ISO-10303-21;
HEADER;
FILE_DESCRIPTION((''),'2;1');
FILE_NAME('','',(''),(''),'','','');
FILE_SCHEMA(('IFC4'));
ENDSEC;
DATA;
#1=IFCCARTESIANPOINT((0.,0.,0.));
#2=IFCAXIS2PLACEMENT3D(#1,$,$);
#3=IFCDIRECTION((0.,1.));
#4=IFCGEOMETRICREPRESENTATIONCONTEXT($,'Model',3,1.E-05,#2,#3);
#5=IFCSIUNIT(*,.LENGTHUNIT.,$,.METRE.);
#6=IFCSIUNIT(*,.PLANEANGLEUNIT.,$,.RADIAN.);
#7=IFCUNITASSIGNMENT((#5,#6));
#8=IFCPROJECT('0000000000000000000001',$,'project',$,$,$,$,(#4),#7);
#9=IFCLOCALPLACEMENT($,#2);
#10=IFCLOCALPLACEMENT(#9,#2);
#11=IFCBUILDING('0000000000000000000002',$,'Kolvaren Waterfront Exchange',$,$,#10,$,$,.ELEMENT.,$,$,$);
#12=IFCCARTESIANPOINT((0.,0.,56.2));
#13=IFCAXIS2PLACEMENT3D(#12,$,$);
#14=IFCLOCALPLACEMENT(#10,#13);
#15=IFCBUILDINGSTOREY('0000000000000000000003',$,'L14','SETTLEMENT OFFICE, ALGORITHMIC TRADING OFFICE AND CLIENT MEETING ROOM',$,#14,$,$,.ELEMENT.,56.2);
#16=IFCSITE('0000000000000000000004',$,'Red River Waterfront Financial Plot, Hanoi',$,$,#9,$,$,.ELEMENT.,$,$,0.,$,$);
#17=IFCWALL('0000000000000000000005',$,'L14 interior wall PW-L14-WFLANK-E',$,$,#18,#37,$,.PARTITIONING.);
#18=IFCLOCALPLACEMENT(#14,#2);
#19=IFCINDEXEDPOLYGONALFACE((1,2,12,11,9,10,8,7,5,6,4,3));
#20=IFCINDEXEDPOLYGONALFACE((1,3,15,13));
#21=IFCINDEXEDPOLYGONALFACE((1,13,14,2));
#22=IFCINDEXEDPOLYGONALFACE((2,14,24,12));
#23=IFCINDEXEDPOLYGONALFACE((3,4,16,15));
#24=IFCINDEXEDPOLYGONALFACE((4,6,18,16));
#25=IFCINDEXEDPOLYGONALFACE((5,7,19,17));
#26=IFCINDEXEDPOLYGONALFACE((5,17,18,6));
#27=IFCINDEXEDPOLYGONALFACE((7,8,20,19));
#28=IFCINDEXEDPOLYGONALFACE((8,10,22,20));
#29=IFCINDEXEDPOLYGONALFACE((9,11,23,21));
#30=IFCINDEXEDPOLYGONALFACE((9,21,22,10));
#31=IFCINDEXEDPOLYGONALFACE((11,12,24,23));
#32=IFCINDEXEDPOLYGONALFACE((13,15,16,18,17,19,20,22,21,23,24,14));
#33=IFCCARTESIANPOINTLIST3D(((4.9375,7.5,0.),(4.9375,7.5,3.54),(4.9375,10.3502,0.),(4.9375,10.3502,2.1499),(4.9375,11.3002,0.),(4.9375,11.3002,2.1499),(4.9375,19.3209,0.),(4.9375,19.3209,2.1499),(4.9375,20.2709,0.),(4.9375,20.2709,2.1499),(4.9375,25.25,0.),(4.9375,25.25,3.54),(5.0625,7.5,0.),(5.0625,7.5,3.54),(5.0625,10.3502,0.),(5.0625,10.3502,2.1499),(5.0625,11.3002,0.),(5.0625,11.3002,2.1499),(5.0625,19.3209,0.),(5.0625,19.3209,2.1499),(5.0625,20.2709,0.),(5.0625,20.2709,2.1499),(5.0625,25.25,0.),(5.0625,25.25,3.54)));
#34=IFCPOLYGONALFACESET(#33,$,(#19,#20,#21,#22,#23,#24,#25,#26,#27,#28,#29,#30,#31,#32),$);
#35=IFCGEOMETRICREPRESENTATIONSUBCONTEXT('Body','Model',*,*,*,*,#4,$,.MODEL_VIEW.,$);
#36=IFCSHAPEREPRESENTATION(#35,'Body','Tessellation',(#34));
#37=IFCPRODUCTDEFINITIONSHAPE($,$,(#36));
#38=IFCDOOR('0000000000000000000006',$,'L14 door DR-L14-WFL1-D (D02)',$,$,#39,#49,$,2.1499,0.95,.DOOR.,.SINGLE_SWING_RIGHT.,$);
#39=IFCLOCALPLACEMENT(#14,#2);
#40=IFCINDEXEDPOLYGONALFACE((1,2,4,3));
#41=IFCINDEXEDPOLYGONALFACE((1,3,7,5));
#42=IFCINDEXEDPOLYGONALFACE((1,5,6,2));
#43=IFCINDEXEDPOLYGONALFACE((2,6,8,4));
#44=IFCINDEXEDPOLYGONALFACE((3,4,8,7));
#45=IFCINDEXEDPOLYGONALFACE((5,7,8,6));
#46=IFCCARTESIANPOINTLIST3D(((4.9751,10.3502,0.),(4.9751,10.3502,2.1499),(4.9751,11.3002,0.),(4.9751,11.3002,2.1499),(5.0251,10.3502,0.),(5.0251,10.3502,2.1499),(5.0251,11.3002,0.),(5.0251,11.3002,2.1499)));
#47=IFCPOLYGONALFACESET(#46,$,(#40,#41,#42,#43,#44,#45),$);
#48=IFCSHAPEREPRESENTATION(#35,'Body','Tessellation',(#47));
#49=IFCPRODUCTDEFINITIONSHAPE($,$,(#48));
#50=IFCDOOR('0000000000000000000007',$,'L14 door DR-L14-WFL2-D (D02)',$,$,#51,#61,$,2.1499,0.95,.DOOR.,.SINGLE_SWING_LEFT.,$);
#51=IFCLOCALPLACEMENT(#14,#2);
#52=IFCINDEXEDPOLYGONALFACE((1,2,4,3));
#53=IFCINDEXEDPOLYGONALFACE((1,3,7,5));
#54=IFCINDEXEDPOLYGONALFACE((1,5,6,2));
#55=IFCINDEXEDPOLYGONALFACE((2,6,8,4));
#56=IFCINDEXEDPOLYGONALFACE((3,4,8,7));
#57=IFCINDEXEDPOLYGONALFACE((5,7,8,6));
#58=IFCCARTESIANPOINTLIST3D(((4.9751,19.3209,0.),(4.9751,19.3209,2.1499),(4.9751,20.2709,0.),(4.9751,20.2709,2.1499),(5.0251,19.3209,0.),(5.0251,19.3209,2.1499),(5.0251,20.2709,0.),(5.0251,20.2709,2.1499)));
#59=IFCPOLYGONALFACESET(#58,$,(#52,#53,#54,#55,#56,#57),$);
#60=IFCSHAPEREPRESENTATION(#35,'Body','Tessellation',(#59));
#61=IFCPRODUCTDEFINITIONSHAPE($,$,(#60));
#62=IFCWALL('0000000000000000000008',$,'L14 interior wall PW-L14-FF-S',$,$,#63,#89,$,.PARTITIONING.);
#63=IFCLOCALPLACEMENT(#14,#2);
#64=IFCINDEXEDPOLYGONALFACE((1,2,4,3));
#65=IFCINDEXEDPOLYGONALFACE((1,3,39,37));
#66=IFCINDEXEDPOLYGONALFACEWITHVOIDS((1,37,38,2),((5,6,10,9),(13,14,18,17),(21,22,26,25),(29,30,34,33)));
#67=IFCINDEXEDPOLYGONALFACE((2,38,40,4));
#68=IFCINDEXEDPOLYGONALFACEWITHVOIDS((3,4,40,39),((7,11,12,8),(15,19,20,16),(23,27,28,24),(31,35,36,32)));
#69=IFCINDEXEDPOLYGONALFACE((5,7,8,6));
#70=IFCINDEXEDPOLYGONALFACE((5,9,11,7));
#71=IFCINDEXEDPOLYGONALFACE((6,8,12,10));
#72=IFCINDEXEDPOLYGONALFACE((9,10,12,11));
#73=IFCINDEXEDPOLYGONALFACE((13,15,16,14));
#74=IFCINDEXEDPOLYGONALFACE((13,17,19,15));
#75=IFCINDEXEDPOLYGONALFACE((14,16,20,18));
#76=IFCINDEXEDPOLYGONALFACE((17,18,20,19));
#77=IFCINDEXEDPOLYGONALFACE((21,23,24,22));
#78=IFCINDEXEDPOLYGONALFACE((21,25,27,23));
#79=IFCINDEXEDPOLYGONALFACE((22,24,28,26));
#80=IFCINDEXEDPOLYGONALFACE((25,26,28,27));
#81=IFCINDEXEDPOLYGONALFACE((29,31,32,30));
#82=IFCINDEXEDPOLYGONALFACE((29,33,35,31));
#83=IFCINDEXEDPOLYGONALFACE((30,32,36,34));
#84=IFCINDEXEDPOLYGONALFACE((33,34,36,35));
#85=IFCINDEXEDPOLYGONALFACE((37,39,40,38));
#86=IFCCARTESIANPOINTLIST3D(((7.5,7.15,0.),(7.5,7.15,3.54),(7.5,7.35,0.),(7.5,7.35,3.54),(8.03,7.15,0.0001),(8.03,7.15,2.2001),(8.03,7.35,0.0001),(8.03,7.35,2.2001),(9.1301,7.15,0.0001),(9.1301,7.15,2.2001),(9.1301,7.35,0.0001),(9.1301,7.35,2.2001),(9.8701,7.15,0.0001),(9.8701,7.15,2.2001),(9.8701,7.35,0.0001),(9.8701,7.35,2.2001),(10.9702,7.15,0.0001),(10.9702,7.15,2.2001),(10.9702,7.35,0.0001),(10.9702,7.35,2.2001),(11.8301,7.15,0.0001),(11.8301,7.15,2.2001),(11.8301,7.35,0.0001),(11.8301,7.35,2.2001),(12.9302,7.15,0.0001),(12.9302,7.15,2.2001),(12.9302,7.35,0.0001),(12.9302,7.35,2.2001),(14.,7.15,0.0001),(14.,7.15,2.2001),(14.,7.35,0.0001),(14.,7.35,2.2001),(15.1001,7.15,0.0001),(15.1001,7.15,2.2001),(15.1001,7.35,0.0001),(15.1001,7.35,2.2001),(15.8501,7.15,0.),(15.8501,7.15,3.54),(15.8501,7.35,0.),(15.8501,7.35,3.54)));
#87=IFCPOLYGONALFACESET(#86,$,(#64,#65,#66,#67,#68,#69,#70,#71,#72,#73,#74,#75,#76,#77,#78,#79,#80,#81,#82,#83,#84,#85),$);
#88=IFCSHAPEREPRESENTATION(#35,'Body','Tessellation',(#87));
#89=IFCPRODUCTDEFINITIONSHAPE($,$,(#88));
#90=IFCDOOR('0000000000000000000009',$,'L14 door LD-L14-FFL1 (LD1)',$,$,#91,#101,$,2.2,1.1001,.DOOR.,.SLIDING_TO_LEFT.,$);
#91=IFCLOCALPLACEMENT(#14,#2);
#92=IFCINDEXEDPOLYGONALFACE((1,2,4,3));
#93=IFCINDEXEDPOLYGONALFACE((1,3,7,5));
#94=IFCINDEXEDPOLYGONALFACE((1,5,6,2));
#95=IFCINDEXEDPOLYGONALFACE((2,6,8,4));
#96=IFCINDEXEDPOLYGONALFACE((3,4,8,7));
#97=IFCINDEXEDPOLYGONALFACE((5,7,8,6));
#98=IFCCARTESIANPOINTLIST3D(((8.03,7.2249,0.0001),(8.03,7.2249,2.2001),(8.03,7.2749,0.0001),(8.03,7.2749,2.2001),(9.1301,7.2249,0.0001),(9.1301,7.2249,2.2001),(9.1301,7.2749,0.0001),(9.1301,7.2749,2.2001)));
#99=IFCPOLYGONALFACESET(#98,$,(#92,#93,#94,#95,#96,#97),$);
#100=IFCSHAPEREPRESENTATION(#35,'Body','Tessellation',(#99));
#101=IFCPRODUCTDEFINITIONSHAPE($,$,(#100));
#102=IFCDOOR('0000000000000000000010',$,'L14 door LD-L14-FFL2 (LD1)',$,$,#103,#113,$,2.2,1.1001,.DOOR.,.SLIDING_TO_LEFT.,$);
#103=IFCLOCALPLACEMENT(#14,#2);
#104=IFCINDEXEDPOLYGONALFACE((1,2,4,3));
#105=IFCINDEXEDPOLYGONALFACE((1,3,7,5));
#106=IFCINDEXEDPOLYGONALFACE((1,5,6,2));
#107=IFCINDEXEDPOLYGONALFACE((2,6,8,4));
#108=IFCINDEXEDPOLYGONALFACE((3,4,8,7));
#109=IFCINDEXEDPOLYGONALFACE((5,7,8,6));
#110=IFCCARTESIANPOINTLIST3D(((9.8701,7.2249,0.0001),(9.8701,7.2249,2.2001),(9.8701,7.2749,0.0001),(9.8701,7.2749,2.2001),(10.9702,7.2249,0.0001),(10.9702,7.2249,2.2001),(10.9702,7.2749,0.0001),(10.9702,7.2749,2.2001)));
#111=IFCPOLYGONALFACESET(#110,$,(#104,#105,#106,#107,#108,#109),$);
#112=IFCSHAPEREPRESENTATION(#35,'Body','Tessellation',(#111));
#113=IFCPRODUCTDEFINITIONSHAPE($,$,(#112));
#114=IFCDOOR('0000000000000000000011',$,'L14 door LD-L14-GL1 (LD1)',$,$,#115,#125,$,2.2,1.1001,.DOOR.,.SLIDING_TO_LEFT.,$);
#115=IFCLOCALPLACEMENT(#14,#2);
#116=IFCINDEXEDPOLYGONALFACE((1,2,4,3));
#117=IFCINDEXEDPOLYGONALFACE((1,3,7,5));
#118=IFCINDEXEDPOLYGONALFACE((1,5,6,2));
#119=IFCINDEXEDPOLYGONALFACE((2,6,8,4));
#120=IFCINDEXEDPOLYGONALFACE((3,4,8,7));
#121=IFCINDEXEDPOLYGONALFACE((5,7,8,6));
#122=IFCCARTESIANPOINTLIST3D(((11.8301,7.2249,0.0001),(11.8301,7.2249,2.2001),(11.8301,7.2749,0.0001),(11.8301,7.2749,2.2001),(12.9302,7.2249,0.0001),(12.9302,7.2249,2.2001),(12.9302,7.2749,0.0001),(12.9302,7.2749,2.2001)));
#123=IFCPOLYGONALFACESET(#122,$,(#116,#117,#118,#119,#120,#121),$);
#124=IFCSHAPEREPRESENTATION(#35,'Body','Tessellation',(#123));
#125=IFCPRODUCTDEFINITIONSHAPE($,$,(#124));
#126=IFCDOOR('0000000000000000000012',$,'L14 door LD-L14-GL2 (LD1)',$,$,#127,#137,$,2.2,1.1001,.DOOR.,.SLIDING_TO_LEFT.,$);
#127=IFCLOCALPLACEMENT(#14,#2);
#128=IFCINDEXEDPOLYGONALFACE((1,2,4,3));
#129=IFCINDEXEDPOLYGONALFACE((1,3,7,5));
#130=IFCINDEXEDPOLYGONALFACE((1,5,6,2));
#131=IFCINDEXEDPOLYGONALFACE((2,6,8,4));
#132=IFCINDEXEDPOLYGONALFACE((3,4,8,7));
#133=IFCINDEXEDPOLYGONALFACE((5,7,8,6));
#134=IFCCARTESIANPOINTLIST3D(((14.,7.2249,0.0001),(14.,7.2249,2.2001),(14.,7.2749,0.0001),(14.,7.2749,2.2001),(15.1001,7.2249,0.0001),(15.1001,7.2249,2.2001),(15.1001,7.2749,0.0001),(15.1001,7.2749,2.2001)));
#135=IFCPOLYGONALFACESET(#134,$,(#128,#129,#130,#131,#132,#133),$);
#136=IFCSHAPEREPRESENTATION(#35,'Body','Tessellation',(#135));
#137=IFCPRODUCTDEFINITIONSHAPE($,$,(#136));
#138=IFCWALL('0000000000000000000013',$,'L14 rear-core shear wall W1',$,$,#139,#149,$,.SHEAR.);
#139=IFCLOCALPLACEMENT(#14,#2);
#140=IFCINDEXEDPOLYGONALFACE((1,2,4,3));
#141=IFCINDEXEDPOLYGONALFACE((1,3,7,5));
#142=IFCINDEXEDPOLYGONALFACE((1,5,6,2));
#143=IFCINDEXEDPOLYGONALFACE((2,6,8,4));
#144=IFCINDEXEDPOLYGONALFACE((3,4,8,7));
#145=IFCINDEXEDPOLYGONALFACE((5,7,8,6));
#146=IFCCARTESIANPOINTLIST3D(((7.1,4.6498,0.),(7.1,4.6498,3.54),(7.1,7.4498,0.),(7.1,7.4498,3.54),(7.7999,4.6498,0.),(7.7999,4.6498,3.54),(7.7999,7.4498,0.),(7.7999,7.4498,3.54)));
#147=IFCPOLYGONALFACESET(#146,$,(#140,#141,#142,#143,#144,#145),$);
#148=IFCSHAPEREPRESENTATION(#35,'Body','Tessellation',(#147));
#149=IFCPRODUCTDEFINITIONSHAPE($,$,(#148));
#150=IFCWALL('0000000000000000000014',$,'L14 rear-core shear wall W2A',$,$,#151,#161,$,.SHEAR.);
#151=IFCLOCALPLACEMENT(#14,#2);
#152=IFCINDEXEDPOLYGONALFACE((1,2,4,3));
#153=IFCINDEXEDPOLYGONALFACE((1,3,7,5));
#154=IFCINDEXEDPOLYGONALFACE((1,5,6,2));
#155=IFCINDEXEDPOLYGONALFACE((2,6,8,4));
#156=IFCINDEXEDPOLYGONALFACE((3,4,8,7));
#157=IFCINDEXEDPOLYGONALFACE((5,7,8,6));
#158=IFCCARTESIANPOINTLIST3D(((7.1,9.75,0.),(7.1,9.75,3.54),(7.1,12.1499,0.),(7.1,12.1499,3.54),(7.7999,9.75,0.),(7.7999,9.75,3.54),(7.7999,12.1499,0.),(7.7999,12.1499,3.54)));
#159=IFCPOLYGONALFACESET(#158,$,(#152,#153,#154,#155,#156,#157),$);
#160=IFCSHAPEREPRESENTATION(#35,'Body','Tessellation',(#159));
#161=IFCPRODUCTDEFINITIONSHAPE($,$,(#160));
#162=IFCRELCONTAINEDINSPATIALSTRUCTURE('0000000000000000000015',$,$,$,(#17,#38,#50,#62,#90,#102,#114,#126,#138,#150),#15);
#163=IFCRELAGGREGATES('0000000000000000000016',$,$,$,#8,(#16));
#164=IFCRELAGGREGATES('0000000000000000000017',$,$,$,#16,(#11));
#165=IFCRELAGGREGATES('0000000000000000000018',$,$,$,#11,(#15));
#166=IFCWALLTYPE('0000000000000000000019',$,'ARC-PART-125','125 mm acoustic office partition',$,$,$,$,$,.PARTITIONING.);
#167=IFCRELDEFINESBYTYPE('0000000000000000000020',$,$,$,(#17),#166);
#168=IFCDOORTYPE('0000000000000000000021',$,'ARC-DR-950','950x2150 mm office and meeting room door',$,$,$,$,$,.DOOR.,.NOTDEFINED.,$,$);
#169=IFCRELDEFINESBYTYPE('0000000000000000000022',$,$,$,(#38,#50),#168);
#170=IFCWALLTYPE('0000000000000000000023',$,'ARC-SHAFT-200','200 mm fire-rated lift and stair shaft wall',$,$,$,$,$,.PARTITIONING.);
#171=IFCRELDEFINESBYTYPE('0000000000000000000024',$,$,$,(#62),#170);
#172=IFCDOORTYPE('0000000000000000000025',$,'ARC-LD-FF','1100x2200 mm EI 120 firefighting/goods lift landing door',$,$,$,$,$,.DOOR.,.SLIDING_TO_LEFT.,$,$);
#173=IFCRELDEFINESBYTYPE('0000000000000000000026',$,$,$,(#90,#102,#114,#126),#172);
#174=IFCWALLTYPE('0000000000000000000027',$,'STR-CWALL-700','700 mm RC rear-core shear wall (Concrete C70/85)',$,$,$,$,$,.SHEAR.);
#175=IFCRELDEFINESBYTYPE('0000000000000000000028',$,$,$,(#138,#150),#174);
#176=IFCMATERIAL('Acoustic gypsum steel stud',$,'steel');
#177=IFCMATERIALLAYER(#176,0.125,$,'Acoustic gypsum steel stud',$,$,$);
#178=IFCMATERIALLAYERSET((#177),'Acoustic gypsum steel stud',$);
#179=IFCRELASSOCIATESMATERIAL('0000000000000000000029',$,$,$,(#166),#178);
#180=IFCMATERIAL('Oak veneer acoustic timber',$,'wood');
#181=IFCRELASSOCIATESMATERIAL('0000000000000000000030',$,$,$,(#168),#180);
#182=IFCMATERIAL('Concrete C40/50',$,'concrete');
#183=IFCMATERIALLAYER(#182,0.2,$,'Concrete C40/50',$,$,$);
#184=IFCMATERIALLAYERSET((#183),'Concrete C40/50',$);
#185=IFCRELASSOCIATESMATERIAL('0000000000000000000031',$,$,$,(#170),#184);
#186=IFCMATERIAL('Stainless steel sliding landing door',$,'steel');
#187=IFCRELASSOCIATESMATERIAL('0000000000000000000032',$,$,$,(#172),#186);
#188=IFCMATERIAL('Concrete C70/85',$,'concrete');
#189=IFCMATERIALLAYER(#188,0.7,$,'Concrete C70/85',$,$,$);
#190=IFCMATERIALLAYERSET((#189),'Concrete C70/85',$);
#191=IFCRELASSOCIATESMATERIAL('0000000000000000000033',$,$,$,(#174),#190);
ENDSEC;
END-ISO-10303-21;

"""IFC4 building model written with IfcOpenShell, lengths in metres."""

from ifc_helpers import new_model, si_unit, direction, frame, frame_2d, origin, place, context, subcontext, project, spatial, rectangle, extrude, material, layer, layer_set, type_object, element, fill, save


model = new_model("IFC4")

# Units and contexts
model_context = context("Model", 3, precision=1e-05, world=origin(), true_north=direction((0.0, 1.0)))
body_context = subcontext(model_context, "Body", "Model", "MODEL_VIEW")
ifc_project = project(units=[si_unit("LENGTHUNIT", "METRE"), si_unit("PLANEANGLEUNIT", "RADIAN")], contexts=[model_context])

# Site, building, storey
site_placement = place(None, origin())
site = spatial("IfcSite", under=ifc_project, at=site_placement, Name="Red River Waterfront Financial Plot, Hanoi", CompositionType="ELEMENT", RefElevation=0.0)
building_placement = place(site_placement, origin())
building = spatial("IfcBuilding", under=site, at=building_placement, Name="Kolvaren Waterfront Exchange", CompositionType="ELEMENT")
storey_placement = place(building_placement, frame((0.0, 0.0, 56.2)))
storey = spatial("IfcBuildingStorey", under=building, at=storey_placement, Name="L14", Description="SETTLEMENT OFFICE, ALGORITHMIC TRADING OFFICE AND CLIENT MEETING ROOM", CompositionType="ELEMENT", Elevation=56.2)

# Shared definitions
ifc_material_1 = material(Name="Concrete C70/85", Category="concrete")

# Shared definitions
ifc_material_2 = material(Name="Acoustic gypsum steel stud", Category="steel")
ifc_layer_1 = layer(ifc_material_2, 0.125, Name="Acoustic gypsum steel stud")
ifc_layer_set_1 = layer_set([ifc_layer_1], Name="Acoustic gypsum steel stud")
wall_type_1 = type_object("IfcWallType", Name="ARC-PART-125", Description="125 mm acoustic office partition", PredefinedType="PARTITIONING", material=ifc_layer_set_1)

# Walls, openings, doors
wall_1_placement = place(storey_placement, frame((5.0, 7.5, 0.0), z_axis=(0.0, 0.0, 1.0), x_axis=(0.0, 1.0, 0.0)))
wall_1 = element("IfcWall", 1, at=wall_1_placement, inside=storey, type_object=wall_type_1, Name="L14 interior wall PW-L14-WFLANK-E", PredefinedType="PARTITIONING", context=body_context, shape_type="SweptSolid", body=[
    extrude(rectangle(XDim=17.75, YDim=0.125, at=frame_2d((8.875, 0.0))), origin(), (0.0, 0.0, 1.0), 3.54),
])
opening_1_placement = place(wall_1_placement, frame((2.8501, 0.0, 0.0)))
opening_1 = element("IfcOpeningElement", 2, at=opening_1_placement, cuts=wall_1, PredefinedType="OPENING", context=body_context, shape_type="SweptSolid", body=[
    extrude(rectangle(XDim=0.95, YDim=2.1499, at=frame_2d((0.4751, 1.075))), frame((0.0, 0.0725, 0.0), z_axis=(0.0, -1.0, 0.0), x_axis=(1.0, 0.0, 0.0)), (0.0, 0.0, 1.0), 0.145),
])
opening_2_placement = place(wall_1_placement, frame((11.8208, 0.0, 0.0)))
opening_2 = element("IfcOpeningElement", 3, at=opening_2_placement, cuts=wall_1, PredefinedType="OPENING", context=body_context, shape_type="SweptSolid", body=[
    extrude(rectangle(XDim=0.95, YDim=2.1499, at=frame_2d((0.4751, 1.075))), frame((0.0, 0.0725, 0.0), z_axis=(0.0, -1.0, 0.0), x_axis=(1.0, 0.0, 0.0)), (0.0, 0.0, 1.0), 0.145),
])
ifc_material_3 = material(Name="Oak veneer acoustic timber", Category="wood")
door_type_1 = type_object("IfcDoorType", Name="ARC-DR-950", Description="950x2150 mm office and meeting room door", OperationType="NOTDEFINED", PredefinedType="DOOR", material=ifc_material_3)
door_1_placement = place(opening_1_placement, origin())
door_1 = element("IfcDoor", 4, at=door_1_placement, inside=storey, type_object=door_type_1, Name="L14 door DR-L14-WFL1-D (D02)", OperationType="SINGLE_SWING_RIGHT", OverallHeight=2.1499, OverallWidth=0.95, PredefinedType="DOOR", context=body_context, shape_type="SweptSolid", body=[
    extrude(rectangle(XDim=0.95, YDim=2.1499, at=frame_2d((0.4751, 1.075))), frame((0.0, 0.0249, 0.0), z_axis=(0.0, -1.0, 0.0), x_axis=(1.0, 0.0, 0.0)), (0.0, 0.0, 1.0), 0.05),
])
fill(opening_1, door_1)
door_2_placement = place(opening_2_placement, origin())
door_2 = element("IfcDoor", 5, at=door_2_placement, inside=storey, type_object=door_type_1, Name="L14 door DR-L14-WFL2-D (D02)", OperationType="SINGLE_SWING_LEFT", OverallHeight=2.1499, OverallWidth=0.95, PredefinedType="DOOR", context=body_context, shape_type="SweptSolid", body=[
    extrude(rectangle(XDim=0.95, YDim=2.1499, at=frame_2d((0.4751, 1.075))), frame((0.0, 0.0249, 0.0), z_axis=(0.0, -1.0, 0.0), x_axis=(1.0, 0.0, 0.0)), (0.0, 0.0, 1.0), 0.05),
])
fill(opening_2, door_2)
ifc_material_4 = material(Name="Concrete C40/50", Category="concrete")
ifc_layer_2 = layer(ifc_material_4, 0.2, Name="Concrete C40/50")
ifc_layer_set_2 = layer_set([ifc_layer_2], Name="Concrete C40/50")
wall_type_2 = type_object("IfcWallType", Name="ARC-SHAFT-200", Description="200 mm fire-rated lift and stair shaft wall", PredefinedType="PARTITIONING", material=ifc_layer_set_2)
wall_2_placement = place(storey_placement, frame((7.5, 7.25, 0.0), z_axis=(0.0, 0.0, 1.0), x_axis=(1.0, 0.0, 0.0)))
wall_2 = element("IfcWall", 6, at=wall_2_placement, inside=storey, type_object=wall_type_2, Name="L14 interior wall PW-L14-FF-S", PredefinedType="PARTITIONING", context=body_context, shape_type="SweptSolid", body=[
    extrude(rectangle(XDim=8.3501, YDim=0.2, at=frame_2d((4.175, 0.0))), origin(), (0.0, 0.0, 1.0), 3.54),
])
opening_3_placement = place(wall_2_placement, frame((0.53, 0.0, 0.0)))
opening_3 = element("IfcOpeningElement", 7, at=opening_3_placement, cuts=wall_2, PredefinedType="OPENING", context=body_context, shape_type="SweptSolid", body=[
    extrude(rectangle(XDim=1.1001, YDim=2.2, at=frame_2d((0.55, 1.1001))), frame((0.0, 0.1099, 0.0), z_axis=(0.0, -1.0, 0.0), x_axis=(1.0, 0.0, 0.0)), (0.0, 0.0, 1.0), 0.22),
])
opening_4_placement = place(wall_2_placement, frame((2.3701, 0.0, 0.0)))
opening_4 = element("IfcOpeningElement", 8, at=opening_4_placement, cuts=wall_2, PredefinedType="OPENING", context=body_context, shape_type="SweptSolid", body=[
    extrude(rectangle(XDim=1.1001, YDim=2.2, at=frame_2d((0.55, 1.1001))), frame((0.0, 0.1099, 0.0), z_axis=(0.0, -1.0, 0.0), x_axis=(1.0, 0.0, 0.0)), (0.0, 0.0, 1.0), 0.22),
])
opening_5_placement = place(wall_2_placement, frame((4.3301, 0.0, 0.0)))
opening_5 = element("IfcOpeningElement", 9, at=opening_5_placement, cuts=wall_2, PredefinedType="OPENING", context=body_context, shape_type="SweptSolid", body=[
    extrude(rectangle(XDim=1.1001, YDim=2.2, at=frame_2d((0.55, 1.1001))), frame((0.0, 0.1099, 0.0), z_axis=(0.0, -1.0, 0.0), x_axis=(1.0, 0.0, 0.0)), (0.0, 0.0, 1.0), 0.22),
])
opening_6_placement = place(wall_2_placement, frame((6.5, 0.0, 0.0)))
opening_6 = element("IfcOpeningElement", 10, at=opening_6_placement, cuts=wall_2, PredefinedType="OPENING", context=body_context, shape_type="SweptSolid", body=[
    extrude(rectangle(XDim=1.1001, YDim=2.2, at=frame_2d((0.55, 1.1001))), frame((0.0, 0.1099, 0.0), z_axis=(0.0, -1.0, 0.0), x_axis=(1.0, 0.0, 0.0)), (0.0, 0.0, 1.0), 0.22),
])
ifc_material_5 = material(Name="Stainless steel sliding landing door", Category="steel")
door_type_2 = type_object("IfcDoorType", Name="ARC-LD-FF", Description="1100x2200 mm EI 120 firefighting/goods lift landing door", OperationType="SLIDING_TO_LEFT", PredefinedType="DOOR", material=ifc_material_5)
door_3_placement = place(opening_3_placement, origin())
door_3 = element("IfcDoor", 11, at=door_3_placement, inside=storey, type_object=door_type_2, Name="L14 door LD-L14-FFL1 (LD1)", OperationType="SLIDING_TO_LEFT", OverallHeight=2.2, OverallWidth=1.1001, PredefinedType="DOOR", context=body_context, shape_type="SweptSolid", body=[
    extrude(rectangle(XDim=1.1001, YDim=2.2, at=frame_2d((0.55, 1.1001))), frame((0.0, 0.0249, 0.0), z_axis=(0.0, -1.0, 0.0), x_axis=(1.0, 0.0, 0.0)), (0.0, 0.0, 1.0), 0.05),
])
fill(opening_3, door_3)
door_4_placement = place(opening_4_placement, origin())
door_4 = element("IfcDoor", 12, at=door_4_placement, inside=storey, type_object=door_type_2, Name="L14 door LD-L14-FFL2 (LD1)", OperationType="SLIDING_TO_LEFT", OverallHeight=2.2, OverallWidth=1.1001, PredefinedType="DOOR", context=body_context, shape_type="SweptSolid", body=[
    extrude(rectangle(XDim=1.1001, YDim=2.2, at=frame_2d((0.55, 1.1001))), frame((0.0, 0.0249, 0.0), z_axis=(0.0, -1.0, 0.0), x_axis=(1.0, 0.0, 0.0)), (0.0, 0.0, 1.0), 0.05),
])
fill(opening_4, door_4)
door_5_placement = place(opening_5_placement, origin())
door_5 = element("IfcDoor", 13, at=door_5_placement, inside=storey, type_object=door_type_2, Name="L14 door LD-L14-GL1 (LD1)", OperationType="SLIDING_TO_LEFT", OverallHeight=2.2, OverallWidth=1.1001, PredefinedType="DOOR", context=body_context, shape_type="SweptSolid", body=[
    extrude(rectangle(XDim=1.1001, YDim=2.2, at=frame_2d((0.55, 1.1001))), frame((0.0, 0.0249, 0.0), z_axis=(0.0, -1.0, 0.0), x_axis=(1.0, 0.0, 0.0)), (0.0, 0.0, 1.0), 0.05),
])
fill(opening_5, door_5)
door_6_placement = place(opening_6_placement, origin())
door_6 = element("IfcDoor", 14, at=door_6_placement, inside=storey, type_object=door_type_2, Name="L14 door LD-L14-GL2 (LD1)", OperationType="SLIDING_TO_LEFT", OverallHeight=2.2, OverallWidth=1.1001, PredefinedType="DOOR", context=body_context, shape_type="SweptSolid", body=[
    extrude(rectangle(XDim=1.1001, YDim=2.2, at=frame_2d((0.55, 1.1001))), frame((0.0, 0.0249, 0.0), z_axis=(0.0, -1.0, 0.0), x_axis=(1.0, 0.0, 0.0)), (0.0, 0.0, 1.0), 0.05),
])
fill(opening_6, door_6)

# Walls
ifc_layer_3 = layer(ifc_material_1, 0.7, Name="Concrete C70/85")
ifc_layer_set_3 = layer_set([ifc_layer_3], Name="Concrete C70/85")
wall_type_3 = type_object("IfcWallType", Name="STR-CWALL-700", Description="700 mm RC rear-core shear wall (Concrete C70/85)", PredefinedType="SHEAR", material=ifc_layer_set_3)
wall_3_placement = place(storey_placement, frame((7.45, 4.6499, 0.0), z_axis=(0.0, 0.0, 1.0), x_axis=(0.0, 1.0, 0.0)))
element("IfcWall", 15, at=wall_3_placement, inside=storey, type_object=wall_type_3, Name="L14 rear-core shear wall W1", PredefinedType="SHEAR", context=body_context, shape_type="SweptSolid", body=[
    extrude(rectangle(XDim=2.8, YDim=0.7, at=frame_2d((1.3999, 0.0))), origin(), (0.0, 0.0, 1.0), 3.54),
])
wall_4_placement = place(storey_placement, frame((7.45, 9.75, 0.0), z_axis=(0.0, 0.0, 1.0), x_axis=(0.0, 1.0, 0.0)))
element("IfcWall", 16, at=wall_4_placement, inside=storey, type_object=wall_type_3, Name="L14 rear-core shear wall W2A", PredefinedType="SHEAR", context=body_context, shape_type="SweptSolid", body=[
    extrude(rectangle(XDim=2.3999, YDim=0.7, at=frame_2d((1.2, 0.0))), origin(), (0.0, 0.0, 1.0), 3.54),
])

save(model, "model.ifc")
